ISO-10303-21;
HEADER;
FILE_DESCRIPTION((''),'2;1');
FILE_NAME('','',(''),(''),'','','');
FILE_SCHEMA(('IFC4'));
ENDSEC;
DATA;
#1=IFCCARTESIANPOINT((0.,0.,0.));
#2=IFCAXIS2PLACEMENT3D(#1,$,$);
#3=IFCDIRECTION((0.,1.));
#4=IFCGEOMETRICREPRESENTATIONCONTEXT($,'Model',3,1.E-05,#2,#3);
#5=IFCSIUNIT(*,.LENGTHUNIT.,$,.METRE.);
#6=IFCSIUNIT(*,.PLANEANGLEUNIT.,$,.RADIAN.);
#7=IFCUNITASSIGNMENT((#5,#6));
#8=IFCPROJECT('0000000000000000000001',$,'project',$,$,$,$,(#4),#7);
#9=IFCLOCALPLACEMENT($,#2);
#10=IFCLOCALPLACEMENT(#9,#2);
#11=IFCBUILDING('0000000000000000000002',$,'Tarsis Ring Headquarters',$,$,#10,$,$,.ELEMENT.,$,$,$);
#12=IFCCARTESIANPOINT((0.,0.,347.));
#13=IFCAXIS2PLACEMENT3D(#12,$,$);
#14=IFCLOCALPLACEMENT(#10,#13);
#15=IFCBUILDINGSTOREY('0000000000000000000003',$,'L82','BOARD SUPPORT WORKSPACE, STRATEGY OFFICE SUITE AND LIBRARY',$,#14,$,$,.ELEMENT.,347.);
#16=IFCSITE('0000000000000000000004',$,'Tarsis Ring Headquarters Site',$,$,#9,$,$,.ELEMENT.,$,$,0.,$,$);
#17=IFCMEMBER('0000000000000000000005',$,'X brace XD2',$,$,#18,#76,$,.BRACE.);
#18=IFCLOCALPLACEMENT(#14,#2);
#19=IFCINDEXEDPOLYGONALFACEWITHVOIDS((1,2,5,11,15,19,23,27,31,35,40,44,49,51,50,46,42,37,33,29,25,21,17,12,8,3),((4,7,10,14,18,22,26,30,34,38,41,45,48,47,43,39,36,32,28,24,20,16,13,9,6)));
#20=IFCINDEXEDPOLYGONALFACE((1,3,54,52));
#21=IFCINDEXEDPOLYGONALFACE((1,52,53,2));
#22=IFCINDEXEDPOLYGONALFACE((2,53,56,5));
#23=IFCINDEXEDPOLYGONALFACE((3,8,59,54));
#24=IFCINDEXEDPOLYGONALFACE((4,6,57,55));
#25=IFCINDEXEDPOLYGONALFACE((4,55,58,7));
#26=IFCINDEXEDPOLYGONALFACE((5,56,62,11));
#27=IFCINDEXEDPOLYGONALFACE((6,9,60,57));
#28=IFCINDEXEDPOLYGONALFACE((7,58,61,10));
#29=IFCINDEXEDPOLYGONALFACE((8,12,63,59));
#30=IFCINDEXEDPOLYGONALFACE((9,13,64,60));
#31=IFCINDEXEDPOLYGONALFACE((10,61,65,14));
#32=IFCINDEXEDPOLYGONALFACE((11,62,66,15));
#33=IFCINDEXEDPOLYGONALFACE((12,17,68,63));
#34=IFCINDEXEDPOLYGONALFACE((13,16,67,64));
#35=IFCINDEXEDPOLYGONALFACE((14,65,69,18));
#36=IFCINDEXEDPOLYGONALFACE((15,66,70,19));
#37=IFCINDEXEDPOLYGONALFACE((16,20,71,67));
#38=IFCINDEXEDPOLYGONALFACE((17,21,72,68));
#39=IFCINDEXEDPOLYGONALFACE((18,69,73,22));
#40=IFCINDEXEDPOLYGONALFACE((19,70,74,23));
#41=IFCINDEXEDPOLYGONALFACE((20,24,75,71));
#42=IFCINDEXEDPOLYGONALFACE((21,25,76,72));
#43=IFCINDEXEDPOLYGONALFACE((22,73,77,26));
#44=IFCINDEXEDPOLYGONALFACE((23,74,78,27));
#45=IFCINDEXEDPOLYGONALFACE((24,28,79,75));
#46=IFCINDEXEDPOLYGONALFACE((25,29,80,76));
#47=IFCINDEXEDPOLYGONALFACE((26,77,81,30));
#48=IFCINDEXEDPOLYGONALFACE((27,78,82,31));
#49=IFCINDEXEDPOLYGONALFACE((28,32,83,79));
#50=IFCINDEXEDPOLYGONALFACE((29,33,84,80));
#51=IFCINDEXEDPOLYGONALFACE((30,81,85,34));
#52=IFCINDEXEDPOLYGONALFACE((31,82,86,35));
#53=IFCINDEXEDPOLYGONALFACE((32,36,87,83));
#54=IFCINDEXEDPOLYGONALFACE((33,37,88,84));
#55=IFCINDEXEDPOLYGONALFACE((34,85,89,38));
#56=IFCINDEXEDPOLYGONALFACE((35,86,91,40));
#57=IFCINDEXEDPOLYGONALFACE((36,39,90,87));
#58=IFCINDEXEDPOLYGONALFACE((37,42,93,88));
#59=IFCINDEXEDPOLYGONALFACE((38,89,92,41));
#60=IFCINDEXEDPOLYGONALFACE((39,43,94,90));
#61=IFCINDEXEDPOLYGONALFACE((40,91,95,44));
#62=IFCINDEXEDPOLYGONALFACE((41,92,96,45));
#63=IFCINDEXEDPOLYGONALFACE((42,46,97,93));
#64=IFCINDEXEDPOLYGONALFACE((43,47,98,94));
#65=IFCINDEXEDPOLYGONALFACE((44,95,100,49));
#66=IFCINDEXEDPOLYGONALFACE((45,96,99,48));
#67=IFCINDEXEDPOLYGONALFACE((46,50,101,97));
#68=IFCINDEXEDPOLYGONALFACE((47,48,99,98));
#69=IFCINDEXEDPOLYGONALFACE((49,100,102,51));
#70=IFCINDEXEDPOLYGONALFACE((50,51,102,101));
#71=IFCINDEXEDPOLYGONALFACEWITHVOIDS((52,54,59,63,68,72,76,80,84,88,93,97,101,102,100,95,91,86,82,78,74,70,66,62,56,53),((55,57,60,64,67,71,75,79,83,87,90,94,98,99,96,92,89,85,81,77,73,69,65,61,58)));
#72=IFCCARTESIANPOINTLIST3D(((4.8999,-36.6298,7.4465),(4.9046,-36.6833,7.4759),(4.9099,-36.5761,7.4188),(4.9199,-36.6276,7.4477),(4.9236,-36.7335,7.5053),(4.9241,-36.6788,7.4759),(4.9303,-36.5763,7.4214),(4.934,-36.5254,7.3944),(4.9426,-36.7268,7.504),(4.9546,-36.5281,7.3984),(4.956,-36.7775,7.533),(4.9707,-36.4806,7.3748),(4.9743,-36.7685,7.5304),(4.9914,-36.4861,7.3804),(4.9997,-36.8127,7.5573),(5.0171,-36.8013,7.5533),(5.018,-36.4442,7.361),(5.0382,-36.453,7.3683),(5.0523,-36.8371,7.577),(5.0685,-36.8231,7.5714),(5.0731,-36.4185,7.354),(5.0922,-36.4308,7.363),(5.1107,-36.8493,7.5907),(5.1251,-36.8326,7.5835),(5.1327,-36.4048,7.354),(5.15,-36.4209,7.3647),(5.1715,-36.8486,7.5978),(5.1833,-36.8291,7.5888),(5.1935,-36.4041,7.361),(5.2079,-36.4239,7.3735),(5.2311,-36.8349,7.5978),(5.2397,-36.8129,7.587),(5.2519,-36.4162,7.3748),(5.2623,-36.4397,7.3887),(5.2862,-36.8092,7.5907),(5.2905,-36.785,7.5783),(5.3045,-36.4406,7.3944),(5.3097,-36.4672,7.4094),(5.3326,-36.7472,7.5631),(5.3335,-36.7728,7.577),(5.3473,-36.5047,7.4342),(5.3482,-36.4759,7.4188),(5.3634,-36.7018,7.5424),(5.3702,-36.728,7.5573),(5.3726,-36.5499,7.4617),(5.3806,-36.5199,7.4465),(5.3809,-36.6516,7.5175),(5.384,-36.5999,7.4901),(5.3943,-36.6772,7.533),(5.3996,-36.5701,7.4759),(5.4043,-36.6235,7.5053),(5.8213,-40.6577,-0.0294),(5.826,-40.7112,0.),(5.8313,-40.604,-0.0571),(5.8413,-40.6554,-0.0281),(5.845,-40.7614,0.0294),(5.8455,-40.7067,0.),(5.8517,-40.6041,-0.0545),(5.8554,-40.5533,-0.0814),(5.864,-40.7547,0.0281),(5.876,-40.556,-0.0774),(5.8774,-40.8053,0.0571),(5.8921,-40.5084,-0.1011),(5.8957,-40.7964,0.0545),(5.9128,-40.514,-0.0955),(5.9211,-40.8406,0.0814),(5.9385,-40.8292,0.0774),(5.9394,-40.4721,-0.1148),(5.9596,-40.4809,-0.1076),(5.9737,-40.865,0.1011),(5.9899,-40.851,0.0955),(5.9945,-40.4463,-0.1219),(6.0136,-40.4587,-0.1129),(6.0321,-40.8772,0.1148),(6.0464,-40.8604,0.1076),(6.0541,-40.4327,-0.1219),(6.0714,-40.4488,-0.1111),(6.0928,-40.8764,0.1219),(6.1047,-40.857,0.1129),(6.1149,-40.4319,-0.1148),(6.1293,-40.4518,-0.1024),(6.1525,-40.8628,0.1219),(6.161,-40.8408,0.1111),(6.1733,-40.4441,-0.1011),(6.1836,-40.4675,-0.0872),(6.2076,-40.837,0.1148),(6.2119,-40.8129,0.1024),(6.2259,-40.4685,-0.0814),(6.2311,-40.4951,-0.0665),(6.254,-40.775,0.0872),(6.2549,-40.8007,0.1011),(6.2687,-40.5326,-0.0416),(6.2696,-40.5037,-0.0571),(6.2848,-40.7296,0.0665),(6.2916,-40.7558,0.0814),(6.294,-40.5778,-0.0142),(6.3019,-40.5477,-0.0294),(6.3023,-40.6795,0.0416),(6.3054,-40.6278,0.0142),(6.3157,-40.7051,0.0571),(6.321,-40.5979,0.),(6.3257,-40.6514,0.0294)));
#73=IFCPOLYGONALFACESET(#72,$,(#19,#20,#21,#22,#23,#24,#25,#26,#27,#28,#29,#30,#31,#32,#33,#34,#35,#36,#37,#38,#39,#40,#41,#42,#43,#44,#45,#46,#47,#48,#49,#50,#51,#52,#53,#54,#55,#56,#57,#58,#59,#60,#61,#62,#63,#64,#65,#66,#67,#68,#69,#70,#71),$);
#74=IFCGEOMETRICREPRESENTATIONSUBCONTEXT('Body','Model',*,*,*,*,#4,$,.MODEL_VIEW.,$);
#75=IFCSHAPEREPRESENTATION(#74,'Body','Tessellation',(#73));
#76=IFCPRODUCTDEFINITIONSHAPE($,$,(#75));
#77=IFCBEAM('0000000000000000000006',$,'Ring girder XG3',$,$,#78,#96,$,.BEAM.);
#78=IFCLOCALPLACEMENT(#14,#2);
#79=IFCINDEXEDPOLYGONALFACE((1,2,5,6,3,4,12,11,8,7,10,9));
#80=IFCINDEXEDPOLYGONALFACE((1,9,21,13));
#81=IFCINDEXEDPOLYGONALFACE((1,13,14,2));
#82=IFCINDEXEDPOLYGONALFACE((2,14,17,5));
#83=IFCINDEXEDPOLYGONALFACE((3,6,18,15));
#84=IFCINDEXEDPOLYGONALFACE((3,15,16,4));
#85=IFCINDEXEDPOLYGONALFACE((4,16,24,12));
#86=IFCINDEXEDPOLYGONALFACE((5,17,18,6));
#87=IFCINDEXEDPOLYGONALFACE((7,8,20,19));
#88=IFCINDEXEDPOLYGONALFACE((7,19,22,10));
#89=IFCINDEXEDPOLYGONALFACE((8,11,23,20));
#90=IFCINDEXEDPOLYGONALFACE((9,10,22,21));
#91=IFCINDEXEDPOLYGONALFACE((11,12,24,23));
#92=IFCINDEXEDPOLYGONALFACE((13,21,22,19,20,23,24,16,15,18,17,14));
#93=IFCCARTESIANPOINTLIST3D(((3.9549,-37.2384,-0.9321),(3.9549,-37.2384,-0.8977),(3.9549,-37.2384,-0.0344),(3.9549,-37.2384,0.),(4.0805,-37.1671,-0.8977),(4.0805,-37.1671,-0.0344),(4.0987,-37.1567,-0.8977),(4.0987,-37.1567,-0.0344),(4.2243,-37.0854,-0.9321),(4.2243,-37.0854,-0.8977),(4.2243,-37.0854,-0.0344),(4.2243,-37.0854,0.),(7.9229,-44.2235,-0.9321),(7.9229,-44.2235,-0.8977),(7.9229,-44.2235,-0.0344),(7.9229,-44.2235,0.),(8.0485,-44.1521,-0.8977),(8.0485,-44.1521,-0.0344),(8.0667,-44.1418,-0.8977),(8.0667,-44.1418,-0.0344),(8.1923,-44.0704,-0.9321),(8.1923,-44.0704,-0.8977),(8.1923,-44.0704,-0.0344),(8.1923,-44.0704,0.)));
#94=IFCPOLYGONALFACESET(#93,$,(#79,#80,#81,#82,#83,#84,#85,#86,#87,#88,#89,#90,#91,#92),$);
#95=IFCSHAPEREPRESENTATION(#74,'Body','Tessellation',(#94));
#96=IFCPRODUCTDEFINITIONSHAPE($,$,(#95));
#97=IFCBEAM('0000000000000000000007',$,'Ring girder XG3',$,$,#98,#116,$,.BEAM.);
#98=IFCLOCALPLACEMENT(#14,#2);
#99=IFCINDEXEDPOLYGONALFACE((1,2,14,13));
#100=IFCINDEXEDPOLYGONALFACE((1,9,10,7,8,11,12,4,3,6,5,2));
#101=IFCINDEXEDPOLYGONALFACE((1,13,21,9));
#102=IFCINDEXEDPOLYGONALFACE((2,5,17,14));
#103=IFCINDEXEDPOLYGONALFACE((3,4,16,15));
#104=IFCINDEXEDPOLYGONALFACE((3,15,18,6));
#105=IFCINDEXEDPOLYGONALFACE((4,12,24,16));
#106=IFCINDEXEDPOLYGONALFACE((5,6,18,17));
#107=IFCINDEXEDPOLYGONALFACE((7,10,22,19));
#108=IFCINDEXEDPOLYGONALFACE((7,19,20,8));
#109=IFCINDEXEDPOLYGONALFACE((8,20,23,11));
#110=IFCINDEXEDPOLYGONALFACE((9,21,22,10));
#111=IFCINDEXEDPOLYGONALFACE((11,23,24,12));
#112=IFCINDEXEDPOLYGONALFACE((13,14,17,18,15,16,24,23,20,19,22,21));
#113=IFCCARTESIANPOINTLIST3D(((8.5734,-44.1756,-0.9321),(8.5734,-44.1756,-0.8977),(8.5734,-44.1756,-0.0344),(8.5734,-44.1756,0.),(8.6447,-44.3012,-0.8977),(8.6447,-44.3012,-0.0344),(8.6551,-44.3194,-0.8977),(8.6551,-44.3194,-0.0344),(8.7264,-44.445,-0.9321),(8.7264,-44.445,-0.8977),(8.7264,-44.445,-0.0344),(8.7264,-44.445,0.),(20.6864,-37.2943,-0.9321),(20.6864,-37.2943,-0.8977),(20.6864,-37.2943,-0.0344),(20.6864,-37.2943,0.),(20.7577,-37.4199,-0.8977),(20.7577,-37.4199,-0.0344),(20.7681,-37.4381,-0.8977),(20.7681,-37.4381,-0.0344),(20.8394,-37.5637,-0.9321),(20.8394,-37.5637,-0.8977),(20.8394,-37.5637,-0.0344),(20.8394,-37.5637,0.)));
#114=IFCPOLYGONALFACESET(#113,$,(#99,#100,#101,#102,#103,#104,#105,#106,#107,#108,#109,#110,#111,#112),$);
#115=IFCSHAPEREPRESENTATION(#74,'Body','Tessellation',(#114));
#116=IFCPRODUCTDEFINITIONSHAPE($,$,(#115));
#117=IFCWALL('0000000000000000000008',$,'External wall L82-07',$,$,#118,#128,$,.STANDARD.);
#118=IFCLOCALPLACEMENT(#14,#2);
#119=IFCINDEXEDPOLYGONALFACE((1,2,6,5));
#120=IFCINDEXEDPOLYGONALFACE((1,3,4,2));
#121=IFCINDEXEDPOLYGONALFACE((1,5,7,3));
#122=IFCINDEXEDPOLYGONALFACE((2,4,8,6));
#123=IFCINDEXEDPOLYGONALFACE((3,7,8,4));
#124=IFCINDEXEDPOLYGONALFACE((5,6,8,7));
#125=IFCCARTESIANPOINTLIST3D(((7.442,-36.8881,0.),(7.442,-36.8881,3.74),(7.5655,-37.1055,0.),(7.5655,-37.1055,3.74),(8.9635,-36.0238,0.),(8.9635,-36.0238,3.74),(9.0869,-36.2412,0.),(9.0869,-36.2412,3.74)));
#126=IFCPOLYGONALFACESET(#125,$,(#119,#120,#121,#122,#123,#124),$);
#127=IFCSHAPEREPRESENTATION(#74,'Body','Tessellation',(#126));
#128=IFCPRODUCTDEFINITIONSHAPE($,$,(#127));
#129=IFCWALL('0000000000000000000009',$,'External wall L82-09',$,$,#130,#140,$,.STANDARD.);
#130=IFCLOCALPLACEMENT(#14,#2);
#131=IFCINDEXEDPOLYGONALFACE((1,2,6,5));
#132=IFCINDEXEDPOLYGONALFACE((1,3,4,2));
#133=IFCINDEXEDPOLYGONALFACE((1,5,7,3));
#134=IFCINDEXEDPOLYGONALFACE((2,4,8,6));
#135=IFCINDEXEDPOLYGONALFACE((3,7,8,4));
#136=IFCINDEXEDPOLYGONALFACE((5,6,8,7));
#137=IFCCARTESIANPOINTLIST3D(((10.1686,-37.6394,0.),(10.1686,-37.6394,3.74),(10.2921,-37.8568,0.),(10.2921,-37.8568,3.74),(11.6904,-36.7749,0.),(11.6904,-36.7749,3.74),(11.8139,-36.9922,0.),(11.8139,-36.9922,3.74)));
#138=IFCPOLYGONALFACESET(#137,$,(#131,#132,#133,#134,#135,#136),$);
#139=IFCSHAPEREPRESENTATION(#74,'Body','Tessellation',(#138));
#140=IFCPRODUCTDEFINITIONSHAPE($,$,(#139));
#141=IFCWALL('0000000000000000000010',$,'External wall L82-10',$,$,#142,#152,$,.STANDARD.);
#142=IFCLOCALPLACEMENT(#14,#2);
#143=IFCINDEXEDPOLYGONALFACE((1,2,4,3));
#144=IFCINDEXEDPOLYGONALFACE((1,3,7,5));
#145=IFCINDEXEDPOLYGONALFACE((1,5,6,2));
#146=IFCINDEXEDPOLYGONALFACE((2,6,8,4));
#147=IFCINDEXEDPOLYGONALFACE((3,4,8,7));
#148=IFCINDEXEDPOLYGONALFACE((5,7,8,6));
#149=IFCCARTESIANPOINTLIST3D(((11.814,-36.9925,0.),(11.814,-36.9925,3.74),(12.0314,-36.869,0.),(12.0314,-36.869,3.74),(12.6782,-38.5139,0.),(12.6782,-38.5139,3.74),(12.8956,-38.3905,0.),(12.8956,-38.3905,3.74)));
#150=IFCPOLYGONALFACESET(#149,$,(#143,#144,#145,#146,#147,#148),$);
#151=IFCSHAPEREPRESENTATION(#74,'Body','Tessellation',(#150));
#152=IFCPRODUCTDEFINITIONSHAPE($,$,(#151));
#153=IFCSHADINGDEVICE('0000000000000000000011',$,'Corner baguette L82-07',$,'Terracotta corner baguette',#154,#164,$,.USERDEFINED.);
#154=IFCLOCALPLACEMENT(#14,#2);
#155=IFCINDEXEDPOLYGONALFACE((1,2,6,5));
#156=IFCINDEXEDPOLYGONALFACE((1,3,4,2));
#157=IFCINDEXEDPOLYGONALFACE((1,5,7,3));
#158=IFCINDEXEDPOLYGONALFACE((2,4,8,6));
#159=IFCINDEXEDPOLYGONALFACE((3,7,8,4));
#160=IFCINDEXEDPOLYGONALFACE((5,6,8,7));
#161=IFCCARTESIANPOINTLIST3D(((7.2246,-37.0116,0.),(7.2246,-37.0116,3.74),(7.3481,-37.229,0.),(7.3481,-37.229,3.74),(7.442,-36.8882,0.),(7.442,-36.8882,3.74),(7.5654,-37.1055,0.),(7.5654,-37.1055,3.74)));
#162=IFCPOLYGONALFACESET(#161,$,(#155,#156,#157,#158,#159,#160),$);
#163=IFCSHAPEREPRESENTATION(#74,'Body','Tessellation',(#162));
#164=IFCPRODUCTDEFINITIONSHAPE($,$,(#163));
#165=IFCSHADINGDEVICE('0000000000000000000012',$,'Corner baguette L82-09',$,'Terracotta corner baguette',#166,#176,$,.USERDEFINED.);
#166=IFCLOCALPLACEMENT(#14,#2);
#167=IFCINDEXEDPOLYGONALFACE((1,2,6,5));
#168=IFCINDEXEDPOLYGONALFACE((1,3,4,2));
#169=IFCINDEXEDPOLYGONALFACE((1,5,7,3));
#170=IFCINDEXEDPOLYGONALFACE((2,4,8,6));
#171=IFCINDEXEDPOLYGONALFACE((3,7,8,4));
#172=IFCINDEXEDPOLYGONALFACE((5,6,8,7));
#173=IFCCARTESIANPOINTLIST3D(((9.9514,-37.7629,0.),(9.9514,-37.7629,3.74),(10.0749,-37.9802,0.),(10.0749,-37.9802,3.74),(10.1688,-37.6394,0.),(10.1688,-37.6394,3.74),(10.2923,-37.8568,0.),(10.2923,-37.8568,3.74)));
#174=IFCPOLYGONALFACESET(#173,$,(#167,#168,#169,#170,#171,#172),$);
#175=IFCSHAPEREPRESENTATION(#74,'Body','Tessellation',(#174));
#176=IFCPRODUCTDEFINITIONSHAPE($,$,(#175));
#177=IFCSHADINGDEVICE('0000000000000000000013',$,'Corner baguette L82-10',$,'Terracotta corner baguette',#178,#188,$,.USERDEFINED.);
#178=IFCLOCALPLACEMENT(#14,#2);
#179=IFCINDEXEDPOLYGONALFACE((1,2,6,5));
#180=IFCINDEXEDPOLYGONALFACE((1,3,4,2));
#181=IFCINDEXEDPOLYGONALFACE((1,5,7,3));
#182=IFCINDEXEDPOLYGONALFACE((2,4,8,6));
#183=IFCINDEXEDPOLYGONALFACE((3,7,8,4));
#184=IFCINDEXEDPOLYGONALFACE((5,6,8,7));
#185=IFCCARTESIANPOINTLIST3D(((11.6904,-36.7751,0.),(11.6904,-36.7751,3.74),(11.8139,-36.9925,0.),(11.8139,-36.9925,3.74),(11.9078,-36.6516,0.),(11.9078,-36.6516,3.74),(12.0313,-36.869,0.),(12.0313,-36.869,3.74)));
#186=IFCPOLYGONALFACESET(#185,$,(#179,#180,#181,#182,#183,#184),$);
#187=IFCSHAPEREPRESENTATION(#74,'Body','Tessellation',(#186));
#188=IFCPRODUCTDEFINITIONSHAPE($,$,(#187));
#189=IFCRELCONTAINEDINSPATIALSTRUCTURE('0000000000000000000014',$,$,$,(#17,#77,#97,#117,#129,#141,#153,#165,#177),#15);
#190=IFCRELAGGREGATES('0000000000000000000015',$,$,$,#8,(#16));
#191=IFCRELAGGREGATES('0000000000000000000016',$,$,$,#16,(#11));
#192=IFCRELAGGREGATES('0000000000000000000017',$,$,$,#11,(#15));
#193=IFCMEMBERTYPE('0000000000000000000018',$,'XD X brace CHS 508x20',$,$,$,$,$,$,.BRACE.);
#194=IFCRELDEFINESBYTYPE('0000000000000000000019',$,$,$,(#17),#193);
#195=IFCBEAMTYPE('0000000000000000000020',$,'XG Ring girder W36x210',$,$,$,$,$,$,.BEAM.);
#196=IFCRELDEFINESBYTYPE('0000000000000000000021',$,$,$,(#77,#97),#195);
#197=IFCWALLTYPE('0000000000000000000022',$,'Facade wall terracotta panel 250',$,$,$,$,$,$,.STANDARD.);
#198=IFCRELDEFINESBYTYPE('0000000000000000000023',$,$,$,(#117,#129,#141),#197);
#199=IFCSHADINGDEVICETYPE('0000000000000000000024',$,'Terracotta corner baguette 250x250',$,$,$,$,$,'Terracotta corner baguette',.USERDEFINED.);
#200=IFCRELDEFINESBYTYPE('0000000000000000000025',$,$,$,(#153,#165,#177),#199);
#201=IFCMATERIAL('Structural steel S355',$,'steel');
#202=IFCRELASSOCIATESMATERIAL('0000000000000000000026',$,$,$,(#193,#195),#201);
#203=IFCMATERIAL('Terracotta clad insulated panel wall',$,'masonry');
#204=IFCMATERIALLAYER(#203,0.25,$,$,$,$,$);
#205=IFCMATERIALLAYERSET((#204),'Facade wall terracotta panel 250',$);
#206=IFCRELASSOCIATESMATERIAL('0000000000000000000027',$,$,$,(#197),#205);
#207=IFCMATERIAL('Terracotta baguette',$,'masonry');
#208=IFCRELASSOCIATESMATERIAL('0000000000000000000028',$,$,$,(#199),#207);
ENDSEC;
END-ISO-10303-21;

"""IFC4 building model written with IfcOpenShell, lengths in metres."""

from ifc_helpers import new_model, si_unit, direction, frame, frame_2d, origin, origin_2d, place, context, subcontext, project, spatial, rectangle, hollow_circle, i_section, extrude, material, layer, layer_set, material_profile, profile_set, type_object, element, save


model = new_model("IFC4")

# Units and contexts
model_context = context("Model", 3, precision=1e-05, world=origin(), true_north=direction((0.0, 1.0)))
body_context = subcontext(model_context, "Body", "Model", "MODEL_VIEW")
ifc_project = project(units=[si_unit("LENGTHUNIT", "METRE"), si_unit("PLANEANGLEUNIT", "RADIAN")], contexts=[model_context])

# Site, building, storey
site_placement = place(None, origin())
site = spatial("IfcSite", under=ifc_project, at=site_placement, Name="Tarsis Ring Headquarters Site", CompositionType="ELEMENT", RefElevation=0.0)
building_placement = place(site_placement, origin())
building = spatial("IfcBuilding", under=site, at=building_placement, Name="Tarsis Ring Headquarters", CompositionType="ELEMENT")
storey_placement = place(building_placement, frame((0.0, 0.0, 347.0)))
storey = spatial("IfcBuildingStorey", under=building, at=storey_placement, Name="L82", Description="BOARD SUPPORT WORKSPACE, STRATEGY OFFICE SUITE AND LIBRARY", CompositionType="ELEMENT", Elevation=347.0)

# Shared definitions
ifc_material_1 = material(Name="Structural steel S355", Category="steel")

# Member
ifc_material_profile_1 = material_profile(ifc_material_1, hollow_circle(Radius=0.2539, WallThickness=0.02, at=origin_2d()), Name="CHS 508x20")
ifc_profile_set_1 = profile_set([ifc_material_profile_1], Name="Structural steel S355")
member_type = type_object("IfcMemberType", Name="XD X brace CHS 508x20", PredefinedType="BRACE", material=ifc_profile_set_1)
member_1_placement = place(storey_placement, frame((6.0735, -40.6545, 0.0), z_axis=(-0.107869, 0.47155, 0.875217), x_axis=(-0.97482, -0.222995, 0.0)))
element("IfcMember", 1, at=member_1_placement, inside=storey, type_object=member_type, Name="X brace XD2", PredefinedType="BRACE", context=body_context, shape_type="SweptSolid", body=[
    extrude(hollow_circle(Radius=0.2539, WallThickness=0.02, at=origin_2d()), origin(), (0.0, 0.0, 1.0), 8.5417),
])

# Beams
ifc_material_profile_2 = material_profile(ifc_material_1, i_section(OverallWidth=0.3098, OverallDepth=0.9321, WebThickness=0.021, FlangeThickness=0.0344, at=origin_2d()), Name="W36x210")
ifc_profile_set_2 = profile_set([ifc_material_profile_2], Name="Structural steel S355")
beam_type_1 = type_object("IfcBeamType", Name="XG Ring girder W36x210", PredefinedType="BEAM", material=ifc_profile_set_2)
beam_1_placement = place(storey_placement, frame((4.0896, -37.1619, -0.4661), z_axis=(0.493935, -0.869499, 0.0), x_axis=(0.869499, 0.493935, 0.0)))
element("IfcBeam", 2, at=beam_1_placement, inside=storey, type_object=beam_type_1, Name="Ring girder XG3", PredefinedType="BEAM", context=body_context, shape_type="SweptSolid", body=[
    extrude(i_section(OverallWidth=0.3098, OverallDepth=0.9321, WebThickness=0.021, FlangeThickness=0.0344, at=origin_2d()), origin(), (0.0, 0.0, 1.0), 8.0334),
])
beam_2_placement = place(storey_placement, frame((8.6499, -44.3103, -0.4661), z_axis=(0.869489, 0.493952, 0.0), x_axis=(-0.493952, 0.869489, 0.0)))
element("IfcBeam", 3, at=beam_2_placement, inside=storey, type_object=beam_type_1, Name="Ring girder XG3", PredefinedType="BEAM", context=body_context, shape_type="SweptSolid", body=[
    extrude(i_section(OverallWidth=0.3098, OverallDepth=0.9321, WebThickness=0.021, FlangeThickness=0.0344, at=origin_2d()), origin(), (0.0, 0.0, 1.0), 13.9312),
])

# Walls
ifc_material_2 = material(Name="Terracotta clad insulated panel wall", Category="masonry")
ifc_layer = layer(ifc_material_2, 0.25)
ifc_layer_set = layer_set([ifc_layer], Name="Facade wall terracotta panel 250")
wall_type = type_object("IfcWallType", Name="Facade wall terracotta panel 250", PredefinedType="STANDARD", material=ifc_layer_set)
wall_1_placement = place(storey_placement, frame((7.5037, -36.9968, 0.0), z_axis=(0.0, 0.0, 1.0), x_axis=(0.869511, 0.493914, 0.0)))
element("IfcWall", 4, at=wall_1_placement, inside=storey, type_object=wall_type, Name="External wall L82-07", PredefinedType="STANDARD", context=body_context, shape_type="SweptSolid", body=[
    extrude(rectangle(XDim=1.7498, YDim=0.25, at=frame_2d((0.875, 0.0))), origin(), (0.0, 0.0, 1.0), 3.74),
])
wall_2_placement = place(storey_placement, frame((10.2305, -37.748, 0.0), z_axis=(0.0, 0.0, 1.0), x_axis=(0.869485, 0.493959, 0.0)))
element("IfcWall", 5, at=wall_2_placement, inside=storey, type_object=wall_type, Name="External wall L82-09", PredefinedType="STANDARD", context=body_context, shape_type="SweptSolid", body=[
    extrude(rectangle(XDim=1.7502, YDim=0.25, at=frame_2d((0.875, 0.0))), origin(), (0.0, 0.0, 1.0), 3.74),
])
wall_3_placement = place(storey_placement, frame((11.9226, -36.9307, 0.0), z_axis=(0.0, 0.0, 1.0), x_axis=(0.493914, -0.869511, 0.0)))
element("IfcWall", 6, at=wall_3_placement, inside=storey, type_object=wall_type, Name="External wall L82-10", PredefinedType="STANDARD", context=body_context, shape_type="SweptSolid", body=[
    extrude(rectangle(XDim=1.7498, YDim=0.25, at=frame_2d((0.875, 0.0))), origin(), (0.0, 0.0, 1.0), 3.74),
])

# Shading devices
ifc_material_3 = material(Name="Terracotta baguette", Category="masonry")
shading_device_type_1 = type_object("IfcShadingDeviceType", Name="Terracotta corner baguette 250x250", ElementType="Terracotta corner baguette", PredefinedType="USERDEFINED", material=ifc_material_3)
for number, where, z_axis, x_axis, name in (
    (7, (7.395, -37.0586, 0.0), (0.0, 0.0, 1.0), (0.493942, -0.869495, 0.0), "Corner baguette L82-07"),
    (8, (10.1218, -37.8098, 0.0), (0.0, 0.0, 1.0), (0.493942, -0.869495, 0.0), "Corner baguette L82-09"),
    (9, (11.8608, -36.822, 0.0), (0.0, 0.0, 1.0), (0.869495, 0.493942, 0.0), "Corner baguette L82-10"),
):
    element("IfcShadingDevice", number, at=place(storey_placement, frame(where, z_axis=z_axis, x_axis=x_axis)), inside=storey, type_object=shading_device_type_1, Name=name, ObjectType="Terracotta corner baguette", PredefinedType="USERDEFINED", context=body_context, shape_type="SweptSolid", body=[
        extrude(rectangle(XDim=0.25, YDim=0.25, at=origin_2d()), origin(), (0.0, 0.0, 1.0), 3.74),
    ])

save(model, "model.ifc")
